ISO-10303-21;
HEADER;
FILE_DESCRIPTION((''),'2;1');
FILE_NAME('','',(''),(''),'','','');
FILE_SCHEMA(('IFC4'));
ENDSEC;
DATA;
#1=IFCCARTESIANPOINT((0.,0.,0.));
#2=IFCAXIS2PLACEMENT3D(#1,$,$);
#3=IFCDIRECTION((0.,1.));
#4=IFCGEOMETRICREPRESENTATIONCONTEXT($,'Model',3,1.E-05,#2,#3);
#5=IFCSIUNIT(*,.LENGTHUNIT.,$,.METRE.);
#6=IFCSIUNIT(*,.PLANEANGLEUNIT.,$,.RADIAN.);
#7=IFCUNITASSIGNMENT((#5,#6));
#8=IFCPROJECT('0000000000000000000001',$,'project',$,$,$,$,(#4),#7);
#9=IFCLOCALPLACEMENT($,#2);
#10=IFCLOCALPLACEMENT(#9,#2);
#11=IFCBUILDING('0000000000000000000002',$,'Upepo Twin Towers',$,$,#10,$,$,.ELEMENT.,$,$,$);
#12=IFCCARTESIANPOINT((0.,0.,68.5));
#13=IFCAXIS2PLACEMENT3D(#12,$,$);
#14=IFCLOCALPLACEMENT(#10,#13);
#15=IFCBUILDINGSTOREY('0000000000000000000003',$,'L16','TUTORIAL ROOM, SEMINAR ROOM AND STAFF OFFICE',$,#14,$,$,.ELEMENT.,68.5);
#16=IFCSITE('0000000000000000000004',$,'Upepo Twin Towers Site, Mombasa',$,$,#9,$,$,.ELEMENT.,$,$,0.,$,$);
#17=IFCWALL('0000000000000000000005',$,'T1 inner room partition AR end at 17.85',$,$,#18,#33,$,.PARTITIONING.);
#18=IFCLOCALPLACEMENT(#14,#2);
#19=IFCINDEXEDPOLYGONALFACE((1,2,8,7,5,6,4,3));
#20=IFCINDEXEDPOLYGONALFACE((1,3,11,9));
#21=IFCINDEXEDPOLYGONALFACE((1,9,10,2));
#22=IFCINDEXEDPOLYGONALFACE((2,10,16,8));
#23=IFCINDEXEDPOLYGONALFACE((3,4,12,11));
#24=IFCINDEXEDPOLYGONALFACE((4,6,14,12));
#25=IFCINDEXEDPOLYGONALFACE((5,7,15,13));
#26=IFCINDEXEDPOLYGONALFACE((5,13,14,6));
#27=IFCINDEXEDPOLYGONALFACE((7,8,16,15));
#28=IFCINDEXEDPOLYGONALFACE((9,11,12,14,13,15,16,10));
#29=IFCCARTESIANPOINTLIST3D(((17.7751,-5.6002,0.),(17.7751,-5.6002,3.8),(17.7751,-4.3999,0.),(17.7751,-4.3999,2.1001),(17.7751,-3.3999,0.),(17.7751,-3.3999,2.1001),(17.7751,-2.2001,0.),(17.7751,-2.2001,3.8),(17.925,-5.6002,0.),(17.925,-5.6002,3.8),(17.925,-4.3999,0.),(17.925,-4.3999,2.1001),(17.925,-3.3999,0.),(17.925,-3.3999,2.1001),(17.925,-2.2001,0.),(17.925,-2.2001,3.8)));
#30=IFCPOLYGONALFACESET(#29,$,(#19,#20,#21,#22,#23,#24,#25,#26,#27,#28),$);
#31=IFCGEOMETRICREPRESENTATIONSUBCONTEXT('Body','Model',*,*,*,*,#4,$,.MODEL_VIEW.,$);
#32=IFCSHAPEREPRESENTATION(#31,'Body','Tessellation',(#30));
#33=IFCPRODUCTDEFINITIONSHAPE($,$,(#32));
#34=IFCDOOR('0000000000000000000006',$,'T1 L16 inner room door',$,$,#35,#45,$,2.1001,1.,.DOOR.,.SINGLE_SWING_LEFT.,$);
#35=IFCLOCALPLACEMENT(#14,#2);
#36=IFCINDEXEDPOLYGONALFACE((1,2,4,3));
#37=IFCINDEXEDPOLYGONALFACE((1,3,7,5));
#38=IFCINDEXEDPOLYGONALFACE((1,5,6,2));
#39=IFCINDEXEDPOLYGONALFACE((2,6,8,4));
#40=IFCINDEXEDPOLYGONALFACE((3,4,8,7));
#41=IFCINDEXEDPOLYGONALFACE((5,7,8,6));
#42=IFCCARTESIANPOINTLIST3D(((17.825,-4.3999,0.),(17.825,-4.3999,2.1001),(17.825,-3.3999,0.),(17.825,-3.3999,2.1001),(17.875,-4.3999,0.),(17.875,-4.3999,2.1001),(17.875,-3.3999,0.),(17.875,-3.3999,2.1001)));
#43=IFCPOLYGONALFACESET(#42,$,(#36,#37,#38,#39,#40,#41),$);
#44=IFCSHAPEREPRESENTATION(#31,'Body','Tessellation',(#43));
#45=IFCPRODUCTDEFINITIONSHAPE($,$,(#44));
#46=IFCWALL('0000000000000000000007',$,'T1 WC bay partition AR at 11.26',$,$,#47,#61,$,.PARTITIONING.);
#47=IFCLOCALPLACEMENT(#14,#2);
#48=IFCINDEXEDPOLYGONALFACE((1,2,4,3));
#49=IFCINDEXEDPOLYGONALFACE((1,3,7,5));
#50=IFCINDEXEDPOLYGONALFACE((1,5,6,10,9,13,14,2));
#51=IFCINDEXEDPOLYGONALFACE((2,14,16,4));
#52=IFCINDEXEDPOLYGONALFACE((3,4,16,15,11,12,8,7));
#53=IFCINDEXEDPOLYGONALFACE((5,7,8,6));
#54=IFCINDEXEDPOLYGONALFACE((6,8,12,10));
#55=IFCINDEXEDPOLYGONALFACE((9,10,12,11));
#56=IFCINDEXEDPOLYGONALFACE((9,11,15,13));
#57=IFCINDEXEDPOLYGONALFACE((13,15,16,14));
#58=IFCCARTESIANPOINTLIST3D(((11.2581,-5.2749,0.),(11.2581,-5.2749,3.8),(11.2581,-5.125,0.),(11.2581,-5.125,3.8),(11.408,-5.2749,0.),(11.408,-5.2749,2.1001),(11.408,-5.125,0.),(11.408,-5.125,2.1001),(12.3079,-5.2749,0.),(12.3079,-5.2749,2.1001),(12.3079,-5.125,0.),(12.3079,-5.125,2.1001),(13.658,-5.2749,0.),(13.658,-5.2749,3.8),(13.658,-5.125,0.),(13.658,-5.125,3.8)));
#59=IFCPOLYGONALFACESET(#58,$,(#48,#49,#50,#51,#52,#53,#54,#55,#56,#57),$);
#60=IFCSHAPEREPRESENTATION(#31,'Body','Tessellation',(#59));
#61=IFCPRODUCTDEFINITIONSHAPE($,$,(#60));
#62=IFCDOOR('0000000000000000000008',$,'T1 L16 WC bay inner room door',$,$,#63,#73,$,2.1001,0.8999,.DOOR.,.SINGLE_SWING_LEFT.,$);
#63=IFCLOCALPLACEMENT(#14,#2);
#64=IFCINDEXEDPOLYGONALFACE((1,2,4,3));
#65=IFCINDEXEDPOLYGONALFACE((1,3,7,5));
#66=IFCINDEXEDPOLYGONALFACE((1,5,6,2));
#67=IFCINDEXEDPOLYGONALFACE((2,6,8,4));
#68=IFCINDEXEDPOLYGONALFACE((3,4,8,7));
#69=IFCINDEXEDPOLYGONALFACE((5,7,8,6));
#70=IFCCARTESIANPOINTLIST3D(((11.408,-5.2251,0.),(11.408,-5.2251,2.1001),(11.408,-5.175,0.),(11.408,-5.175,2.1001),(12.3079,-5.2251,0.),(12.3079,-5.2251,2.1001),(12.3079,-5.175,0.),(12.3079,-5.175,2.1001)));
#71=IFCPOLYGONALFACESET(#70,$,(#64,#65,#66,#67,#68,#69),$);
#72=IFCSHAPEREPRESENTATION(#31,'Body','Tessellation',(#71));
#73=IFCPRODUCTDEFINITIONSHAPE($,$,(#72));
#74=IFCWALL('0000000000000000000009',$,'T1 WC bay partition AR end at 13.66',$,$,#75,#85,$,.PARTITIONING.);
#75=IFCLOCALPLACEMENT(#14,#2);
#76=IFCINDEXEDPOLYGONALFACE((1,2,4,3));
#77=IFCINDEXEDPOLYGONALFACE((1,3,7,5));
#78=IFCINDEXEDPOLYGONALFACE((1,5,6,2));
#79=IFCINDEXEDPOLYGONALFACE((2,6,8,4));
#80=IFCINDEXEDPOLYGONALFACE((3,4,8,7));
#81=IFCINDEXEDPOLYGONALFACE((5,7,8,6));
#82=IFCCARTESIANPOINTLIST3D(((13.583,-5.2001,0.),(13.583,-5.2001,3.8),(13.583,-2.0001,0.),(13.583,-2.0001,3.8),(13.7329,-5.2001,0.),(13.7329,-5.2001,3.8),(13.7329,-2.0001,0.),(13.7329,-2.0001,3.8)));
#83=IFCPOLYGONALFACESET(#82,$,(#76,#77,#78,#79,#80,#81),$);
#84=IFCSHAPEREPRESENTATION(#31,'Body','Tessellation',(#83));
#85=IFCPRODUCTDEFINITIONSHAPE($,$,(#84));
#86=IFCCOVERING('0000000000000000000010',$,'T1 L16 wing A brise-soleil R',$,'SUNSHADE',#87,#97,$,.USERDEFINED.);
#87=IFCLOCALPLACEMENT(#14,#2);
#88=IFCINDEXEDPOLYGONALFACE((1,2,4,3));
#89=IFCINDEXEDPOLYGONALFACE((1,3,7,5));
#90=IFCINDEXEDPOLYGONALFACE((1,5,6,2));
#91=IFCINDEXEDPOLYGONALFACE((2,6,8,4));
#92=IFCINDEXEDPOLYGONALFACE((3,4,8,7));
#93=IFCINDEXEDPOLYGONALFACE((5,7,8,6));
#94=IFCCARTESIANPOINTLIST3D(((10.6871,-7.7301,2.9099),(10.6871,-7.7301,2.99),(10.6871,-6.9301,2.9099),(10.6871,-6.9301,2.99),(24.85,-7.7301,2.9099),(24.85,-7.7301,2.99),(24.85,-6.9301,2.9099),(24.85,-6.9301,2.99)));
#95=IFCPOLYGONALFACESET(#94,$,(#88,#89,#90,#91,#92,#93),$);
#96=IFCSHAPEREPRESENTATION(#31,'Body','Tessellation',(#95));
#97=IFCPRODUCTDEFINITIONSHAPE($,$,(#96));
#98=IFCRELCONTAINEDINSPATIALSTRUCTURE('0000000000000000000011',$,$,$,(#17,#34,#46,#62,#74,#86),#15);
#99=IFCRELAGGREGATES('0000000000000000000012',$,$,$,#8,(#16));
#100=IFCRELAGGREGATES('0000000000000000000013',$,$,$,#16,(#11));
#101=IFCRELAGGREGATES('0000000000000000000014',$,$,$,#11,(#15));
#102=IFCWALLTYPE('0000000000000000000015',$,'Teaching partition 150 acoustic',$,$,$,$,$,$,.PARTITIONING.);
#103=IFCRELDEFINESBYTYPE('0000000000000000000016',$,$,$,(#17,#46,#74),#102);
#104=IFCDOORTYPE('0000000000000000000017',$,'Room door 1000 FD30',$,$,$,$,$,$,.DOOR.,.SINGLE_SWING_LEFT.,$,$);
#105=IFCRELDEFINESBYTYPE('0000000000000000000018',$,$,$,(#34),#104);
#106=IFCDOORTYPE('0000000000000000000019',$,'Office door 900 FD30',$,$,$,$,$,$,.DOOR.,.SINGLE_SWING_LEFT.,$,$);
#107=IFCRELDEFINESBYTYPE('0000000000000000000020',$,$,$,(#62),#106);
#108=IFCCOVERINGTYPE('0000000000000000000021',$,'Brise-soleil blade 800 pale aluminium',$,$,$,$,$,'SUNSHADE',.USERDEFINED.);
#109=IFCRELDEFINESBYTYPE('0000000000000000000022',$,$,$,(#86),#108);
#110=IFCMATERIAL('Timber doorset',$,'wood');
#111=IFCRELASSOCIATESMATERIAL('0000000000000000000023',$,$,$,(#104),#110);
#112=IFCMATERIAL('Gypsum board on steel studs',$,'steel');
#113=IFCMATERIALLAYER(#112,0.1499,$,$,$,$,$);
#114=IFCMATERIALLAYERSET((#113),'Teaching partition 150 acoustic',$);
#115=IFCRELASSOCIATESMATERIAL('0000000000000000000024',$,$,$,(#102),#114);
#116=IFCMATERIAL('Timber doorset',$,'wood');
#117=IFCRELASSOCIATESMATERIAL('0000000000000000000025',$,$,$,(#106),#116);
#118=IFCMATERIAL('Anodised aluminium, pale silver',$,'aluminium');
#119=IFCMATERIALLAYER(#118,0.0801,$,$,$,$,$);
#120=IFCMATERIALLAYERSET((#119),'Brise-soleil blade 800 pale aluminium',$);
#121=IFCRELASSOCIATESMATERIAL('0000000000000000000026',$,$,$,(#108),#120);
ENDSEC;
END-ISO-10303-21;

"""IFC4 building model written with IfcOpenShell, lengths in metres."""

from ifc_helpers import new_model, si_unit, direction, frame, frame_2d, origin, origin_2d, place, context, subcontext, project, spatial, rectangle, extrude, material, layer, layer_set, type_object, element, fill, save


model = new_model("IFC4")

# Units and contexts
model_context = context("Model", 3, precision=1e-05, world=origin(), true_north=direction((0.0, 1.0)))
body_context = subcontext(model_context, "Body", "Model", "MODEL_VIEW")
ifc_project = project(units=[si_unit("LENGTHUNIT", "METRE"), si_unit("PLANEANGLEUNIT", "RADIAN")], contexts=[model_context])

# Site, building, storey
site_placement = place(None, origin())
site = spatial("IfcSite", under=ifc_project, at=site_placement, Name="Upepo Twin Towers Site, Mombasa", CompositionType="ELEMENT", RefElevation=0.0)
building_placement = place(site_placement, origin())
building = spatial("IfcBuilding", under=site, at=building_placement, Name="Upepo Twin Towers", CompositionType="ELEMENT")
storey_placement = place(building_placement, frame((0.0, 0.0, 68.5)))
storey = spatial("IfcBuildingStorey", under=building, at=storey_placement, Name="L16", Description="TUTORIAL ROOM, SEMINAR ROOM AND STAFF OFFICE", CompositionType="ELEMENT", Elevation=68.5)

# Shared definitions
ifc_material_1 = material(Name="Timber doorset", Category="wood")
door_type_1 = type_object("IfcDoorType", Name="Room door 1000 FD30", OperationType="SINGLE_SWING_LEFT", PredefinedType="DOOR", material=ifc_material_1)

# Shared definitions
ifc_material_2 = material(Name="Gypsum board on steel studs", Category="steel")
ifc_layer_1 = layer(ifc_material_2, 0.1499)
ifc_layer_set_1 = layer_set([ifc_layer_1], Name="Teaching partition 150 acoustic")
wall_type_1 = type_object("IfcWallType", Name="Teaching partition 150 acoustic", PredefinedType="PARTITIONING", material=ifc_layer_set_1)

# Walls, openings, doors
wall_1_placement = place(storey_placement, frame((17.8501, -2.2, 0.0), z_axis=(0.0, 0.0, 1.0), x_axis=(0.0, -1.0, 0.0)))
wall_1 = element("IfcWall", 1, at=wall_1_placement, inside=storey, type_object=wall_type_1, Name="T1 inner room partition AR end at 17.85", PredefinedType="PARTITIONING", context=body_context, shape_type="SweptSolid", body=[
    extrude(rectangle(XDim=3.4001, YDim=0.1499, at=frame_2d((1.7002, 0.0))), origin(), (0.0, 0.0, 1.0), 3.8),
])
opening_1_placement = place(wall_1_placement, frame((1.2, 0.0, 0.0)))
opening_1 = element("IfcOpeningElement", 2, at=opening_1_placement, cuts=wall_1, PredefinedType="OPENING", context=body_context, shape_type="SweptSolid", body=[
    extrude(rectangle(XDim=1.0, YDim=2.1001, at=frame_2d((0.5, 1.05))), frame((0.0, 0.085, 0.0), z_axis=(0.0, -1.0, 0.0), x_axis=(1.0, 0.0, 0.0)), (0.0, 0.0, 1.0), 0.1699),
])
door_1_placement = place(opening_1_placement, origin())
door_1 = element("IfcDoor", 3, at=door_1_placement, inside=storey, type_object=door_type_1, Name="T1 L16 inner room door", OperationType="SINGLE_SWING_LEFT", OverallHeight=2.1001, OverallWidth=1.0, PredefinedType="DOOR", context=body_context, shape_type="SweptSolid", body=[
    extrude(rectangle(XDim=1.0, YDim=2.1001, at=frame_2d((0.5, 1.05))), frame((0.0, 0.0249, 0.0), z_axis=(0.0, -1.0, 0.0), x_axis=(1.0, 0.0, 0.0)), (0.0, 0.0, 1.0), 0.05),
])
fill(opening_1, door_1)
wall_2_placement = place(storey_placement, frame((11.2581, -5.2, 0.0), z_axis=(0.0, 0.0, 1.0), x_axis=(1.0, 0.0, 0.0)))
wall_2 = element("IfcWall", 4, at=wall_2_placement, inside=storey, type_object=wall_type_1, Name="T1 WC bay partition AR at 11.26", PredefinedType="PARTITIONING", context=body_context, shape_type="SweptSolid", body=[
    extrude(rectangle(XDim=2.3999, YDim=0.1499, at=frame_2d((1.2, 0.0))), origin(), (0.0, 0.0, 1.0), 3.8),
])
opening_2_placement = place(wall_2_placement, frame((0.1499, 0.0, 0.0)))
opening_2 = element("IfcOpeningElement", 5, at=opening_2_placement, cuts=wall_2, PredefinedType="OPENING", context=body_context, shape_type="SweptSolid", body=[
    extrude(rectangle(XDim=0.8999, YDim=2.1001, at=frame_2d((0.45, 1.05))), frame((0.0, 0.085, 0.0), z_axis=(0.0, -1.0, 0.0), x_axis=(1.0, 0.0, 0.0)), (0.0, 0.0, 1.0), 0.1699),
])
ifc_material_3 = material(Name="Timber doorset", Category="wood")
door_type_2 = type_object("IfcDoorType", Name="Office door 900 FD30", OperationType="SINGLE_SWING_LEFT", PredefinedType="DOOR", material=ifc_material_3)
door_2_placement = place(opening_2_placement, origin())
door_2 = element("IfcDoor", 6, at=door_2_placement, inside=storey, type_object=door_type_2, Name="T1 L16 WC bay inner room door", OperationType="SINGLE_SWING_LEFT", OverallHeight=2.1001, OverallWidth=0.8999, PredefinedType="DOOR", context=body_context, shape_type="SweptSolid", body=[
    extrude(rectangle(XDim=0.8999, YDim=2.1001, at=frame_2d((0.45, 1.05))), frame((0.0, 0.0249, 0.0), z_axis=(0.0, -1.0, 0.0), x_axis=(1.0, 0.0, 0.0)), (0.0, 0.0, 1.0), 0.05),
])
fill(opening_2, door_2)

# Wall
wall_3_placement = place(storey_placement, frame((13.658, -2.0, 0.0), z_axis=(0.0, 0.0, 1.0), x_axis=(0.0, -1.0, 0.0)))
element("IfcWall", 7, at=wall_3_placement, inside=storey, type_object=wall_type_1, Name="T1 WC bay partition AR end at 13.66", PredefinedType="PARTITIONING", context=body_context, shape_type="SweptSolid", body=[
    extrude(rectangle(XDim=3.2, YDim=0.1499, at=frame_2d((1.6001, 0.0))), origin(), (0.0, 0.0, 1.0), 3.8),
])

# Covering
ifc_material_4 = material(Name="Anodised aluminium, pale silver", Category="aluminium")
ifc_layer_2 = layer(ifc_material_4, 0.0801)
ifc_layer_set_2 = layer_set([ifc_layer_2], Name="Brise-soleil blade 800 pale aluminium")
covering_type = type_object("IfcCoveringType", Name="Brise-soleil blade 800 pale aluminium", ElementType="SUNSHADE", PredefinedType="USERDEFINED", material=ifc_layer_set_2)
covering_placement = place(storey_placement, frame((17.7686, -7.3301, 2.9099), z_axis=(0.0, 0.0, 1.0), x_axis=(1.0, 0.0, 0.0)))
element("IfcCovering", 8, at=covering_placement, inside=storey, type_object=covering_type, Name="T1 L16 wing A brise-soleil R", ObjectType="SUNSHADE", PredefinedType="USERDEFINED", context=body_context, shape_type="SweptSolid", body=[
    extrude(rectangle(XDim=14.1628, YDim=0.8, at=origin_2d()), origin(), (0.0, 0.0, 1.0), 0.0801),
])

save(model, "model.ifc")
